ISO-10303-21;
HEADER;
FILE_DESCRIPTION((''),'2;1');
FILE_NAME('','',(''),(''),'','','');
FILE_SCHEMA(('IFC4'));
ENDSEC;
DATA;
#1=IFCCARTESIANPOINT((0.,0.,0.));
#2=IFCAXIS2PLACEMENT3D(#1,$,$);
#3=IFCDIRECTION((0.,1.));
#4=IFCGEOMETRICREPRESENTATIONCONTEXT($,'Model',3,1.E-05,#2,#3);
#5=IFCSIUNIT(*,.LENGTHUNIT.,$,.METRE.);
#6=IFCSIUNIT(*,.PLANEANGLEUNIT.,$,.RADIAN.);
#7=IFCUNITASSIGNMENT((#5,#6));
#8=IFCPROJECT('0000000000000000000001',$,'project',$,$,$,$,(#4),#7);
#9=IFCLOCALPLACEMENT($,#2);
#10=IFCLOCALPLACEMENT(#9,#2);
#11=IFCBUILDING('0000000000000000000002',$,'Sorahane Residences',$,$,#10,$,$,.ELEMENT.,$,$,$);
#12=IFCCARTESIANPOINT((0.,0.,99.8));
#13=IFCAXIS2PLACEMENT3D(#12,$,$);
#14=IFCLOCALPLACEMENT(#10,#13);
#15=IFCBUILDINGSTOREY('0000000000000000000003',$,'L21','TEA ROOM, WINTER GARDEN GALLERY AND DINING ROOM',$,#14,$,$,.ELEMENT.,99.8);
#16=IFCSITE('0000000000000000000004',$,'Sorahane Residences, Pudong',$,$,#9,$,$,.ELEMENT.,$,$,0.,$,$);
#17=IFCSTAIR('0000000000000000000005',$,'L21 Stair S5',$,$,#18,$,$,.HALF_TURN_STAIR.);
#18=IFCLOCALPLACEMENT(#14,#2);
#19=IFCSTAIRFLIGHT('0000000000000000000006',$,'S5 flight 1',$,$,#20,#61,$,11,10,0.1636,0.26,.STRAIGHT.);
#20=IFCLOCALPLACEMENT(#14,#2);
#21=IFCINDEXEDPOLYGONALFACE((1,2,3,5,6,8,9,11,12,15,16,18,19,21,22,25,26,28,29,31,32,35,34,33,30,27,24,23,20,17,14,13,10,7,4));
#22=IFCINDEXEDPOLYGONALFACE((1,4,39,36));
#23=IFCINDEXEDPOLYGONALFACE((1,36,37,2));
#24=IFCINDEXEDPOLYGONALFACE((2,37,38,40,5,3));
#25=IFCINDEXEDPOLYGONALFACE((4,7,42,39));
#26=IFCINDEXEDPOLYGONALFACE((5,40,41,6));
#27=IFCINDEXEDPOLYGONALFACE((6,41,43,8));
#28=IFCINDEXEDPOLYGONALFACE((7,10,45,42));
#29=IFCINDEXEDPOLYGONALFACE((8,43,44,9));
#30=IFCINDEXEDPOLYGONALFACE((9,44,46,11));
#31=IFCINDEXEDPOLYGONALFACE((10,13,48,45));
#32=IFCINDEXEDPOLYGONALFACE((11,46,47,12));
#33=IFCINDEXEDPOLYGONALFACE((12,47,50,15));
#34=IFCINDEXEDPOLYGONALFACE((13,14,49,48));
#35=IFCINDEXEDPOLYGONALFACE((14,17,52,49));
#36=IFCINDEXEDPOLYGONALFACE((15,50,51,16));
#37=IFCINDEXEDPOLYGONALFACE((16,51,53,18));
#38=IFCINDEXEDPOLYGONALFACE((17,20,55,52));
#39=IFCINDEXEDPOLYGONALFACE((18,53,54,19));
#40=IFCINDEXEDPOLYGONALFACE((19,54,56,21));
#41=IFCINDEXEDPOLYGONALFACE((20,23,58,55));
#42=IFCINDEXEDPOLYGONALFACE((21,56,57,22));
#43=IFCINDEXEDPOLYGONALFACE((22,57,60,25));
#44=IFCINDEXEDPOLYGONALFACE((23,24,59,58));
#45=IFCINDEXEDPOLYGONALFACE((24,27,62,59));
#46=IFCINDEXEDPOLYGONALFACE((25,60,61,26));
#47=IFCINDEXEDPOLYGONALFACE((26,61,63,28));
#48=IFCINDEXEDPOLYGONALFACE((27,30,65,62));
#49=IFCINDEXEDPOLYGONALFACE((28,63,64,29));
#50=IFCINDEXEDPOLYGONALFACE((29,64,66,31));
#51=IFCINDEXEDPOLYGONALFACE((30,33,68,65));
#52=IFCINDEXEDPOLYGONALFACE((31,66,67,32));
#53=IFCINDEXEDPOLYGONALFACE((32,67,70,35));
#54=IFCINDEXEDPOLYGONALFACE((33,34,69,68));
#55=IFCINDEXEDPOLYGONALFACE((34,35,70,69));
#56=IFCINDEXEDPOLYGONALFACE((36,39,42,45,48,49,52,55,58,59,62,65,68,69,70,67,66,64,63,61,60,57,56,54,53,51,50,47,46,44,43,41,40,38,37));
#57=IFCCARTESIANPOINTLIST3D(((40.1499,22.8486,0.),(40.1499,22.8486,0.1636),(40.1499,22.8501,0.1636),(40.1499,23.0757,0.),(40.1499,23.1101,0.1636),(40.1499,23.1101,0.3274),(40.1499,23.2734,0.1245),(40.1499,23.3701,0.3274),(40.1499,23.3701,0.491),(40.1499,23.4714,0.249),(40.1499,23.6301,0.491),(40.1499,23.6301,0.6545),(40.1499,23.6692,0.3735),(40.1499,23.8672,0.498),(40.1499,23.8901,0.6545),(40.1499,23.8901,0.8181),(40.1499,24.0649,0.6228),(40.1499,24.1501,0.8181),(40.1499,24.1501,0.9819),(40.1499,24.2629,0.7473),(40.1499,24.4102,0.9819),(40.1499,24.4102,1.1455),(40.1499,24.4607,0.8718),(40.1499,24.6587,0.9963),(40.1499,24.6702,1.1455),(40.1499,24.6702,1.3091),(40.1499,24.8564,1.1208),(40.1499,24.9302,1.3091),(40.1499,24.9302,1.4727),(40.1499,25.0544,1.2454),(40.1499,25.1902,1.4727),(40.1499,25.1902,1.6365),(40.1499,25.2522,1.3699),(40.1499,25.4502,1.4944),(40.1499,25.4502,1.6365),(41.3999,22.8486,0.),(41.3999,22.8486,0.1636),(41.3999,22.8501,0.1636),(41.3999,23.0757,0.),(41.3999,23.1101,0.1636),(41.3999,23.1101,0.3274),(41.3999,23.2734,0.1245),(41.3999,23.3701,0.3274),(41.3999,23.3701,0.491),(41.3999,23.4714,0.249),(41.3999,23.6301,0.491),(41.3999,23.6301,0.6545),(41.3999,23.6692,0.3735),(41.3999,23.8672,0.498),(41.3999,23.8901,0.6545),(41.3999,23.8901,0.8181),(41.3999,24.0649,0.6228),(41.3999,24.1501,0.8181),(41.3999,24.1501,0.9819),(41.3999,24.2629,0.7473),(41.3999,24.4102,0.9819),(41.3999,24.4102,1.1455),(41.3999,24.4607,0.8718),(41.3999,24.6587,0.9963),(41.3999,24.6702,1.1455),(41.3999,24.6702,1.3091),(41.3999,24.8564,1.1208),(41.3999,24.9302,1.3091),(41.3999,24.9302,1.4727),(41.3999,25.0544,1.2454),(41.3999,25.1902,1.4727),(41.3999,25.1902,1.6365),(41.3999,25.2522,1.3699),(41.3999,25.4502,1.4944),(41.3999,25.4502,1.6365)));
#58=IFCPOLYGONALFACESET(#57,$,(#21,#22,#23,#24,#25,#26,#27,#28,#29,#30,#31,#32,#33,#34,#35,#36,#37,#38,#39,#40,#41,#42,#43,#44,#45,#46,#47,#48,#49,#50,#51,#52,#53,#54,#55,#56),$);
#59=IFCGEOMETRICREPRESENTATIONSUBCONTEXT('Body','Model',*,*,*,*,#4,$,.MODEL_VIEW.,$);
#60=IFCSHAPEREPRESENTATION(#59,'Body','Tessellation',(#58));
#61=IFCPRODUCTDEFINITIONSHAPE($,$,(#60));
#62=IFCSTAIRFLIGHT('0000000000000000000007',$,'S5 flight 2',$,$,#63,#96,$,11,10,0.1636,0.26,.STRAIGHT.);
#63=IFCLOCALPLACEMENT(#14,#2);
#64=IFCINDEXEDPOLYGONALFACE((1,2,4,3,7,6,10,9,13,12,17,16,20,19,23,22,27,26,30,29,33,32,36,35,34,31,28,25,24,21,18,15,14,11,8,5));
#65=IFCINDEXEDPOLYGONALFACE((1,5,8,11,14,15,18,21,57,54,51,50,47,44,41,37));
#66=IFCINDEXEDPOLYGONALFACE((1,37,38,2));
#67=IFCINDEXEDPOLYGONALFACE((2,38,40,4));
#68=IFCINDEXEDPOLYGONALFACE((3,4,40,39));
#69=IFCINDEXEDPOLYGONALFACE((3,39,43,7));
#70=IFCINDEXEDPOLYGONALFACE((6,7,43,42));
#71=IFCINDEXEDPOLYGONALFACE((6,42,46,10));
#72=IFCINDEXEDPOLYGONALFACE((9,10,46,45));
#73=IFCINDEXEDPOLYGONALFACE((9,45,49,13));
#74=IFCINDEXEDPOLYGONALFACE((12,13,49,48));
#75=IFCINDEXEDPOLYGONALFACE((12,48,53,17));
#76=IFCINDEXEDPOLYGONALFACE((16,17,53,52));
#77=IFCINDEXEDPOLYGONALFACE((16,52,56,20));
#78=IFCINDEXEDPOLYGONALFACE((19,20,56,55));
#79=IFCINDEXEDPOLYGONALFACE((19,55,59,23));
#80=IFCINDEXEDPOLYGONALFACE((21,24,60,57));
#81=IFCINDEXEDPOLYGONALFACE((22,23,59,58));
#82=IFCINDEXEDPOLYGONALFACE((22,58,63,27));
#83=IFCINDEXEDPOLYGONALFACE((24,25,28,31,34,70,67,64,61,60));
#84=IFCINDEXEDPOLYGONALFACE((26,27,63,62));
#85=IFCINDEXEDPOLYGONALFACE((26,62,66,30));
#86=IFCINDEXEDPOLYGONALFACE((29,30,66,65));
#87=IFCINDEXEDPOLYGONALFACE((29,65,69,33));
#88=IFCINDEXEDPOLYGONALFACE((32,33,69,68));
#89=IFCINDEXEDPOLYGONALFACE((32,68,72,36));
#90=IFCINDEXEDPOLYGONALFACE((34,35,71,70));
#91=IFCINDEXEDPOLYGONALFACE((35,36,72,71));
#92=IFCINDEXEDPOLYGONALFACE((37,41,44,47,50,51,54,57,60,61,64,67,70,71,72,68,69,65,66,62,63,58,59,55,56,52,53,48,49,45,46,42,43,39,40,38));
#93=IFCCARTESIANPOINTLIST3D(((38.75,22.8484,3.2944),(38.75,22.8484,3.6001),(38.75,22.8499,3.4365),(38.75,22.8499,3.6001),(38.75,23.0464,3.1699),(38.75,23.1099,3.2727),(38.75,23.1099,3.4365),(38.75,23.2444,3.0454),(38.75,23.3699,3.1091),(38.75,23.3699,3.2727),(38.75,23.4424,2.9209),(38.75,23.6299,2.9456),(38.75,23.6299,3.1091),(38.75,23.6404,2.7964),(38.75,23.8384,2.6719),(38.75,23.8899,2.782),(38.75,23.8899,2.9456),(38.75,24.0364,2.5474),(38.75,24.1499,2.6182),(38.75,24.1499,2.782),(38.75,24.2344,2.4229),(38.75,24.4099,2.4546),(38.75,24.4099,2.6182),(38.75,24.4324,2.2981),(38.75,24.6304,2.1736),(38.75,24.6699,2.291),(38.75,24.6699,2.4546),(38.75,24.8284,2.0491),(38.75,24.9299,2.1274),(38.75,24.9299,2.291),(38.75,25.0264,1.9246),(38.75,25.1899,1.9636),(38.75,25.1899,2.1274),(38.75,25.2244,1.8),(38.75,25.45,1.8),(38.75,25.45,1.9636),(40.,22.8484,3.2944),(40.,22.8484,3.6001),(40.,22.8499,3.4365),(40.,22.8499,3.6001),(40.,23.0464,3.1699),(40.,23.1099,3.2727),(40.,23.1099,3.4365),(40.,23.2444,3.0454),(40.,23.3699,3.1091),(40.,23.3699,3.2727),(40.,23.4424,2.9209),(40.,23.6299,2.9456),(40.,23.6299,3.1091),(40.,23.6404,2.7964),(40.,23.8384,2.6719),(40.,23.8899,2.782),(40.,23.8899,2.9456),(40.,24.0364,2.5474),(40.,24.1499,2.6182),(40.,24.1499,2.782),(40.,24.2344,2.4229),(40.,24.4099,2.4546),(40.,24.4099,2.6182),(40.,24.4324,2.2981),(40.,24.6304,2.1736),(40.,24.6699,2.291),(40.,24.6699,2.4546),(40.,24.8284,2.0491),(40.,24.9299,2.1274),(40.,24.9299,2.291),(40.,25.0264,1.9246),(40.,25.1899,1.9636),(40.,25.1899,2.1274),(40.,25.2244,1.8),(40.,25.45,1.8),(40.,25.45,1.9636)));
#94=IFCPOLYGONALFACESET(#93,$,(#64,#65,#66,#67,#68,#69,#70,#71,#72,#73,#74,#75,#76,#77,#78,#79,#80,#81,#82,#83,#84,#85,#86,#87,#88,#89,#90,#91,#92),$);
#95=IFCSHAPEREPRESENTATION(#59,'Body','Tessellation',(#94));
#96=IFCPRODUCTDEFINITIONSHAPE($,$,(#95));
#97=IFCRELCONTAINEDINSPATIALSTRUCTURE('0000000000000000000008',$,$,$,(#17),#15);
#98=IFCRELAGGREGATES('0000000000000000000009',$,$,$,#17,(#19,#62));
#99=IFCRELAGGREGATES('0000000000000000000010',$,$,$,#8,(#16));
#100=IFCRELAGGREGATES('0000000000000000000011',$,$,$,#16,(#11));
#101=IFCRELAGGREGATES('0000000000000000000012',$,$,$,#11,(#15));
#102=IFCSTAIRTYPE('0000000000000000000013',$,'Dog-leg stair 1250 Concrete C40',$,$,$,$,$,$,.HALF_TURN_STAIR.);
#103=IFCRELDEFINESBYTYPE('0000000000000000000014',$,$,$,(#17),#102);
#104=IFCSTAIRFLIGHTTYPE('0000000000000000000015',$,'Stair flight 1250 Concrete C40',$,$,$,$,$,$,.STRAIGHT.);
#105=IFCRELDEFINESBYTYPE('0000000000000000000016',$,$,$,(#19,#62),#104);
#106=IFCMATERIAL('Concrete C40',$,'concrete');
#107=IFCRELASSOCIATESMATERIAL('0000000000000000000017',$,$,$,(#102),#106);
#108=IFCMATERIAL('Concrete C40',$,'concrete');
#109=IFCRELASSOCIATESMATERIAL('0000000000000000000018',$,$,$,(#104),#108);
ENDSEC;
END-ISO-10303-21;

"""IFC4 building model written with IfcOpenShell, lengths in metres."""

from ifc_helpers import new_model, si_unit, direction, frame, origin, place, context, subcontext, project, spatial, polyline, outline, extrude, material, type_object, element, aggregate, save


model = new_model("IFC4")

# Units and contexts
model_context = context("Model", 3, precision=1e-05, world=origin(), true_north=direction((0.0, 1.0)))
body_context = subcontext(model_context, "Body", "Model", "MODEL_VIEW")
ifc_project = project(units=[si_unit("LENGTHUNIT", "METRE"), si_unit("PLANEANGLEUNIT", "RADIAN")], contexts=[model_context])

# Site, building, storey
site_placement = place(None, origin())
site = spatial("IfcSite", under=ifc_project, at=site_placement, Name="Sorahane Residences, Pudong", CompositionType="ELEMENT", RefElevation=0.0)
building_placement = place(site_placement, origin())
building = spatial("IfcBuilding", under=site, at=building_placement, Name="Sorahane Residences", CompositionType="ELEMENT")
storey_placement = place(building_placement, frame((0.0, 0.0, 99.8)))
storey = spatial("IfcBuildingStorey", under=building, at=storey_placement, Name="L21", Description="TEA ROOM, WINTER GARDEN GALLERY AND DINING ROOM", CompositionType="ELEMENT", Elevation=99.8)

# Stair, stair flights
ifc_material_1 = material(Name="Concrete C40", Category="concrete")
stair_type = type_object("IfcStairType", Name="Dog-leg stair 1250 Concrete C40", PredefinedType="HALF_TURN_STAIR", material=ifc_material_1)
stair_placement = place(storey_placement, origin())
stair = element("IfcStair", 1, at=stair_placement, inside=storey, type_object=stair_type, Name="L21 Stair S5", PredefinedType="HALF_TURN_STAIR")
ifc_material_2 = material(Name="Concrete C40", Category="concrete")
stair_flight_type = type_object("IfcStairFlightType", Name="Stair flight 1250 Concrete C40", PredefinedType="STRAIGHT", material=ifc_material_2)
stair_flight_1_placement = place(storey_placement, frame((40.7749, 22.8501, 0.0), z_axis=(0.0, 0.0, 1.0), x_axis=(0.0, 1.0, 0.0)))
stair_flight_1 = element("IfcStairFlight", 2, at=stair_flight_1_placement, type_object=stair_flight_type, Name="S5 flight 1", NumberOfRisers=11, NumberOfTreads=10, PredefinedType="STRAIGHT", RiserHeight=0.1636, TreadLength=0.26, context=body_context, shape_type="SweptSolid", body=[
    extrude(outline(polyline([(-0.0015, 0.0), (-0.0015, 0.1636), (0.0, 0.1636), (0.26, 0.1636), (0.26, 0.3274), (0.52, 0.3274), (0.52, 0.491), (0.78, 0.491), (0.78, 0.6545), (1.04, 0.6545), (1.04, 0.8181), (1.3, 0.8181), (1.3, 0.9819), (1.5601, 0.9819), (1.5601, 1.1455), (1.8201, 1.1455), (1.8201, 1.3091), (2.0801, 1.3091), (2.0801, 1.4727), (2.3401, 1.4727), (2.3401, 1.6365), (2.6001, 1.6365), (2.6001, 1.8), (2.6001, 1.4944), (2.4021, 1.3699), (2.2043, 1.2454), (2.0063, 1.1208), (1.8086, 0.9963), (1.6106, 0.8718), (1.4128, 0.7473), (1.2148, 0.6228), (1.0171, 0.498), (0.8191, 0.3735), (0.6213, 0.249), (0.4233, 0.1245), (0.2256, 0.0), (-0.0015, 0.0)])), frame((0.0, 0.625, 0.0), z_axis=(0.0, -1.0, 0.0), x_axis=(1.0, 0.0, 0.0)), (0.0, 0.0, 1.0), 1.25),
])
stair_flight_2_placement = place(storey_placement, frame((39.375, 25.45, 1.8), z_axis=(0.0, 0.0, 1.0), x_axis=(0.0, -1.0, 0.0)))
stair_flight_2 = element("IfcStairFlight", 3, at=stair_flight_2_placement, type_object=stair_flight_type, Name="S5 flight 2", NumberOfRisers=11, NumberOfTreads=10, PredefinedType="STRAIGHT", RiserHeight=0.1636, TreadLength=0.26, context=body_context, shape_type="SweptSolid", body=[
    extrude(outline(polyline([(0.0, 0.0), (0.0, 0.1636), (0.26, 0.1636), (0.26, 0.3274), (0.52, 0.3274), (0.52, 0.491), (0.78, 0.491), (0.78, 0.6545), (1.04, 0.6545), (1.04, 0.8181), (1.3, 0.8181), (1.3, 0.9819), (1.5601, 0.9819), (1.5601, 1.1455), (1.8201, 1.1455), (1.8201, 1.3091), (2.0801, 1.3091), (2.0801, 1.4727), (2.3401, 1.4727), (2.3401, 1.6365), (2.6001, 1.6365), (2.6001, 1.8), (2.6016, 1.8), (2.6016, 1.4944), (2.4036, 1.3699), (2.2056, 1.2454), (2.0076, 1.1208), (1.8096, 0.9963), (1.6116, 0.8718), (1.4136, 0.7473), (1.2156, 0.6228), (1.0176, 0.498), (0.8196, 0.3735), (0.6216, 0.249), (0.4236, 0.1245), (0.2256, 0.0), (0.0, 0.0)])), frame((0.0, 0.625, 0.0), z_axis=(0.0, -1.0, 0.0), x_axis=(1.0, 0.0, 0.0)), (0.0, 0.0, 1.0), 1.25),
])
aggregate(stair, [stair_flight_1, stair_flight_2])

save(model, "model.ifc")
